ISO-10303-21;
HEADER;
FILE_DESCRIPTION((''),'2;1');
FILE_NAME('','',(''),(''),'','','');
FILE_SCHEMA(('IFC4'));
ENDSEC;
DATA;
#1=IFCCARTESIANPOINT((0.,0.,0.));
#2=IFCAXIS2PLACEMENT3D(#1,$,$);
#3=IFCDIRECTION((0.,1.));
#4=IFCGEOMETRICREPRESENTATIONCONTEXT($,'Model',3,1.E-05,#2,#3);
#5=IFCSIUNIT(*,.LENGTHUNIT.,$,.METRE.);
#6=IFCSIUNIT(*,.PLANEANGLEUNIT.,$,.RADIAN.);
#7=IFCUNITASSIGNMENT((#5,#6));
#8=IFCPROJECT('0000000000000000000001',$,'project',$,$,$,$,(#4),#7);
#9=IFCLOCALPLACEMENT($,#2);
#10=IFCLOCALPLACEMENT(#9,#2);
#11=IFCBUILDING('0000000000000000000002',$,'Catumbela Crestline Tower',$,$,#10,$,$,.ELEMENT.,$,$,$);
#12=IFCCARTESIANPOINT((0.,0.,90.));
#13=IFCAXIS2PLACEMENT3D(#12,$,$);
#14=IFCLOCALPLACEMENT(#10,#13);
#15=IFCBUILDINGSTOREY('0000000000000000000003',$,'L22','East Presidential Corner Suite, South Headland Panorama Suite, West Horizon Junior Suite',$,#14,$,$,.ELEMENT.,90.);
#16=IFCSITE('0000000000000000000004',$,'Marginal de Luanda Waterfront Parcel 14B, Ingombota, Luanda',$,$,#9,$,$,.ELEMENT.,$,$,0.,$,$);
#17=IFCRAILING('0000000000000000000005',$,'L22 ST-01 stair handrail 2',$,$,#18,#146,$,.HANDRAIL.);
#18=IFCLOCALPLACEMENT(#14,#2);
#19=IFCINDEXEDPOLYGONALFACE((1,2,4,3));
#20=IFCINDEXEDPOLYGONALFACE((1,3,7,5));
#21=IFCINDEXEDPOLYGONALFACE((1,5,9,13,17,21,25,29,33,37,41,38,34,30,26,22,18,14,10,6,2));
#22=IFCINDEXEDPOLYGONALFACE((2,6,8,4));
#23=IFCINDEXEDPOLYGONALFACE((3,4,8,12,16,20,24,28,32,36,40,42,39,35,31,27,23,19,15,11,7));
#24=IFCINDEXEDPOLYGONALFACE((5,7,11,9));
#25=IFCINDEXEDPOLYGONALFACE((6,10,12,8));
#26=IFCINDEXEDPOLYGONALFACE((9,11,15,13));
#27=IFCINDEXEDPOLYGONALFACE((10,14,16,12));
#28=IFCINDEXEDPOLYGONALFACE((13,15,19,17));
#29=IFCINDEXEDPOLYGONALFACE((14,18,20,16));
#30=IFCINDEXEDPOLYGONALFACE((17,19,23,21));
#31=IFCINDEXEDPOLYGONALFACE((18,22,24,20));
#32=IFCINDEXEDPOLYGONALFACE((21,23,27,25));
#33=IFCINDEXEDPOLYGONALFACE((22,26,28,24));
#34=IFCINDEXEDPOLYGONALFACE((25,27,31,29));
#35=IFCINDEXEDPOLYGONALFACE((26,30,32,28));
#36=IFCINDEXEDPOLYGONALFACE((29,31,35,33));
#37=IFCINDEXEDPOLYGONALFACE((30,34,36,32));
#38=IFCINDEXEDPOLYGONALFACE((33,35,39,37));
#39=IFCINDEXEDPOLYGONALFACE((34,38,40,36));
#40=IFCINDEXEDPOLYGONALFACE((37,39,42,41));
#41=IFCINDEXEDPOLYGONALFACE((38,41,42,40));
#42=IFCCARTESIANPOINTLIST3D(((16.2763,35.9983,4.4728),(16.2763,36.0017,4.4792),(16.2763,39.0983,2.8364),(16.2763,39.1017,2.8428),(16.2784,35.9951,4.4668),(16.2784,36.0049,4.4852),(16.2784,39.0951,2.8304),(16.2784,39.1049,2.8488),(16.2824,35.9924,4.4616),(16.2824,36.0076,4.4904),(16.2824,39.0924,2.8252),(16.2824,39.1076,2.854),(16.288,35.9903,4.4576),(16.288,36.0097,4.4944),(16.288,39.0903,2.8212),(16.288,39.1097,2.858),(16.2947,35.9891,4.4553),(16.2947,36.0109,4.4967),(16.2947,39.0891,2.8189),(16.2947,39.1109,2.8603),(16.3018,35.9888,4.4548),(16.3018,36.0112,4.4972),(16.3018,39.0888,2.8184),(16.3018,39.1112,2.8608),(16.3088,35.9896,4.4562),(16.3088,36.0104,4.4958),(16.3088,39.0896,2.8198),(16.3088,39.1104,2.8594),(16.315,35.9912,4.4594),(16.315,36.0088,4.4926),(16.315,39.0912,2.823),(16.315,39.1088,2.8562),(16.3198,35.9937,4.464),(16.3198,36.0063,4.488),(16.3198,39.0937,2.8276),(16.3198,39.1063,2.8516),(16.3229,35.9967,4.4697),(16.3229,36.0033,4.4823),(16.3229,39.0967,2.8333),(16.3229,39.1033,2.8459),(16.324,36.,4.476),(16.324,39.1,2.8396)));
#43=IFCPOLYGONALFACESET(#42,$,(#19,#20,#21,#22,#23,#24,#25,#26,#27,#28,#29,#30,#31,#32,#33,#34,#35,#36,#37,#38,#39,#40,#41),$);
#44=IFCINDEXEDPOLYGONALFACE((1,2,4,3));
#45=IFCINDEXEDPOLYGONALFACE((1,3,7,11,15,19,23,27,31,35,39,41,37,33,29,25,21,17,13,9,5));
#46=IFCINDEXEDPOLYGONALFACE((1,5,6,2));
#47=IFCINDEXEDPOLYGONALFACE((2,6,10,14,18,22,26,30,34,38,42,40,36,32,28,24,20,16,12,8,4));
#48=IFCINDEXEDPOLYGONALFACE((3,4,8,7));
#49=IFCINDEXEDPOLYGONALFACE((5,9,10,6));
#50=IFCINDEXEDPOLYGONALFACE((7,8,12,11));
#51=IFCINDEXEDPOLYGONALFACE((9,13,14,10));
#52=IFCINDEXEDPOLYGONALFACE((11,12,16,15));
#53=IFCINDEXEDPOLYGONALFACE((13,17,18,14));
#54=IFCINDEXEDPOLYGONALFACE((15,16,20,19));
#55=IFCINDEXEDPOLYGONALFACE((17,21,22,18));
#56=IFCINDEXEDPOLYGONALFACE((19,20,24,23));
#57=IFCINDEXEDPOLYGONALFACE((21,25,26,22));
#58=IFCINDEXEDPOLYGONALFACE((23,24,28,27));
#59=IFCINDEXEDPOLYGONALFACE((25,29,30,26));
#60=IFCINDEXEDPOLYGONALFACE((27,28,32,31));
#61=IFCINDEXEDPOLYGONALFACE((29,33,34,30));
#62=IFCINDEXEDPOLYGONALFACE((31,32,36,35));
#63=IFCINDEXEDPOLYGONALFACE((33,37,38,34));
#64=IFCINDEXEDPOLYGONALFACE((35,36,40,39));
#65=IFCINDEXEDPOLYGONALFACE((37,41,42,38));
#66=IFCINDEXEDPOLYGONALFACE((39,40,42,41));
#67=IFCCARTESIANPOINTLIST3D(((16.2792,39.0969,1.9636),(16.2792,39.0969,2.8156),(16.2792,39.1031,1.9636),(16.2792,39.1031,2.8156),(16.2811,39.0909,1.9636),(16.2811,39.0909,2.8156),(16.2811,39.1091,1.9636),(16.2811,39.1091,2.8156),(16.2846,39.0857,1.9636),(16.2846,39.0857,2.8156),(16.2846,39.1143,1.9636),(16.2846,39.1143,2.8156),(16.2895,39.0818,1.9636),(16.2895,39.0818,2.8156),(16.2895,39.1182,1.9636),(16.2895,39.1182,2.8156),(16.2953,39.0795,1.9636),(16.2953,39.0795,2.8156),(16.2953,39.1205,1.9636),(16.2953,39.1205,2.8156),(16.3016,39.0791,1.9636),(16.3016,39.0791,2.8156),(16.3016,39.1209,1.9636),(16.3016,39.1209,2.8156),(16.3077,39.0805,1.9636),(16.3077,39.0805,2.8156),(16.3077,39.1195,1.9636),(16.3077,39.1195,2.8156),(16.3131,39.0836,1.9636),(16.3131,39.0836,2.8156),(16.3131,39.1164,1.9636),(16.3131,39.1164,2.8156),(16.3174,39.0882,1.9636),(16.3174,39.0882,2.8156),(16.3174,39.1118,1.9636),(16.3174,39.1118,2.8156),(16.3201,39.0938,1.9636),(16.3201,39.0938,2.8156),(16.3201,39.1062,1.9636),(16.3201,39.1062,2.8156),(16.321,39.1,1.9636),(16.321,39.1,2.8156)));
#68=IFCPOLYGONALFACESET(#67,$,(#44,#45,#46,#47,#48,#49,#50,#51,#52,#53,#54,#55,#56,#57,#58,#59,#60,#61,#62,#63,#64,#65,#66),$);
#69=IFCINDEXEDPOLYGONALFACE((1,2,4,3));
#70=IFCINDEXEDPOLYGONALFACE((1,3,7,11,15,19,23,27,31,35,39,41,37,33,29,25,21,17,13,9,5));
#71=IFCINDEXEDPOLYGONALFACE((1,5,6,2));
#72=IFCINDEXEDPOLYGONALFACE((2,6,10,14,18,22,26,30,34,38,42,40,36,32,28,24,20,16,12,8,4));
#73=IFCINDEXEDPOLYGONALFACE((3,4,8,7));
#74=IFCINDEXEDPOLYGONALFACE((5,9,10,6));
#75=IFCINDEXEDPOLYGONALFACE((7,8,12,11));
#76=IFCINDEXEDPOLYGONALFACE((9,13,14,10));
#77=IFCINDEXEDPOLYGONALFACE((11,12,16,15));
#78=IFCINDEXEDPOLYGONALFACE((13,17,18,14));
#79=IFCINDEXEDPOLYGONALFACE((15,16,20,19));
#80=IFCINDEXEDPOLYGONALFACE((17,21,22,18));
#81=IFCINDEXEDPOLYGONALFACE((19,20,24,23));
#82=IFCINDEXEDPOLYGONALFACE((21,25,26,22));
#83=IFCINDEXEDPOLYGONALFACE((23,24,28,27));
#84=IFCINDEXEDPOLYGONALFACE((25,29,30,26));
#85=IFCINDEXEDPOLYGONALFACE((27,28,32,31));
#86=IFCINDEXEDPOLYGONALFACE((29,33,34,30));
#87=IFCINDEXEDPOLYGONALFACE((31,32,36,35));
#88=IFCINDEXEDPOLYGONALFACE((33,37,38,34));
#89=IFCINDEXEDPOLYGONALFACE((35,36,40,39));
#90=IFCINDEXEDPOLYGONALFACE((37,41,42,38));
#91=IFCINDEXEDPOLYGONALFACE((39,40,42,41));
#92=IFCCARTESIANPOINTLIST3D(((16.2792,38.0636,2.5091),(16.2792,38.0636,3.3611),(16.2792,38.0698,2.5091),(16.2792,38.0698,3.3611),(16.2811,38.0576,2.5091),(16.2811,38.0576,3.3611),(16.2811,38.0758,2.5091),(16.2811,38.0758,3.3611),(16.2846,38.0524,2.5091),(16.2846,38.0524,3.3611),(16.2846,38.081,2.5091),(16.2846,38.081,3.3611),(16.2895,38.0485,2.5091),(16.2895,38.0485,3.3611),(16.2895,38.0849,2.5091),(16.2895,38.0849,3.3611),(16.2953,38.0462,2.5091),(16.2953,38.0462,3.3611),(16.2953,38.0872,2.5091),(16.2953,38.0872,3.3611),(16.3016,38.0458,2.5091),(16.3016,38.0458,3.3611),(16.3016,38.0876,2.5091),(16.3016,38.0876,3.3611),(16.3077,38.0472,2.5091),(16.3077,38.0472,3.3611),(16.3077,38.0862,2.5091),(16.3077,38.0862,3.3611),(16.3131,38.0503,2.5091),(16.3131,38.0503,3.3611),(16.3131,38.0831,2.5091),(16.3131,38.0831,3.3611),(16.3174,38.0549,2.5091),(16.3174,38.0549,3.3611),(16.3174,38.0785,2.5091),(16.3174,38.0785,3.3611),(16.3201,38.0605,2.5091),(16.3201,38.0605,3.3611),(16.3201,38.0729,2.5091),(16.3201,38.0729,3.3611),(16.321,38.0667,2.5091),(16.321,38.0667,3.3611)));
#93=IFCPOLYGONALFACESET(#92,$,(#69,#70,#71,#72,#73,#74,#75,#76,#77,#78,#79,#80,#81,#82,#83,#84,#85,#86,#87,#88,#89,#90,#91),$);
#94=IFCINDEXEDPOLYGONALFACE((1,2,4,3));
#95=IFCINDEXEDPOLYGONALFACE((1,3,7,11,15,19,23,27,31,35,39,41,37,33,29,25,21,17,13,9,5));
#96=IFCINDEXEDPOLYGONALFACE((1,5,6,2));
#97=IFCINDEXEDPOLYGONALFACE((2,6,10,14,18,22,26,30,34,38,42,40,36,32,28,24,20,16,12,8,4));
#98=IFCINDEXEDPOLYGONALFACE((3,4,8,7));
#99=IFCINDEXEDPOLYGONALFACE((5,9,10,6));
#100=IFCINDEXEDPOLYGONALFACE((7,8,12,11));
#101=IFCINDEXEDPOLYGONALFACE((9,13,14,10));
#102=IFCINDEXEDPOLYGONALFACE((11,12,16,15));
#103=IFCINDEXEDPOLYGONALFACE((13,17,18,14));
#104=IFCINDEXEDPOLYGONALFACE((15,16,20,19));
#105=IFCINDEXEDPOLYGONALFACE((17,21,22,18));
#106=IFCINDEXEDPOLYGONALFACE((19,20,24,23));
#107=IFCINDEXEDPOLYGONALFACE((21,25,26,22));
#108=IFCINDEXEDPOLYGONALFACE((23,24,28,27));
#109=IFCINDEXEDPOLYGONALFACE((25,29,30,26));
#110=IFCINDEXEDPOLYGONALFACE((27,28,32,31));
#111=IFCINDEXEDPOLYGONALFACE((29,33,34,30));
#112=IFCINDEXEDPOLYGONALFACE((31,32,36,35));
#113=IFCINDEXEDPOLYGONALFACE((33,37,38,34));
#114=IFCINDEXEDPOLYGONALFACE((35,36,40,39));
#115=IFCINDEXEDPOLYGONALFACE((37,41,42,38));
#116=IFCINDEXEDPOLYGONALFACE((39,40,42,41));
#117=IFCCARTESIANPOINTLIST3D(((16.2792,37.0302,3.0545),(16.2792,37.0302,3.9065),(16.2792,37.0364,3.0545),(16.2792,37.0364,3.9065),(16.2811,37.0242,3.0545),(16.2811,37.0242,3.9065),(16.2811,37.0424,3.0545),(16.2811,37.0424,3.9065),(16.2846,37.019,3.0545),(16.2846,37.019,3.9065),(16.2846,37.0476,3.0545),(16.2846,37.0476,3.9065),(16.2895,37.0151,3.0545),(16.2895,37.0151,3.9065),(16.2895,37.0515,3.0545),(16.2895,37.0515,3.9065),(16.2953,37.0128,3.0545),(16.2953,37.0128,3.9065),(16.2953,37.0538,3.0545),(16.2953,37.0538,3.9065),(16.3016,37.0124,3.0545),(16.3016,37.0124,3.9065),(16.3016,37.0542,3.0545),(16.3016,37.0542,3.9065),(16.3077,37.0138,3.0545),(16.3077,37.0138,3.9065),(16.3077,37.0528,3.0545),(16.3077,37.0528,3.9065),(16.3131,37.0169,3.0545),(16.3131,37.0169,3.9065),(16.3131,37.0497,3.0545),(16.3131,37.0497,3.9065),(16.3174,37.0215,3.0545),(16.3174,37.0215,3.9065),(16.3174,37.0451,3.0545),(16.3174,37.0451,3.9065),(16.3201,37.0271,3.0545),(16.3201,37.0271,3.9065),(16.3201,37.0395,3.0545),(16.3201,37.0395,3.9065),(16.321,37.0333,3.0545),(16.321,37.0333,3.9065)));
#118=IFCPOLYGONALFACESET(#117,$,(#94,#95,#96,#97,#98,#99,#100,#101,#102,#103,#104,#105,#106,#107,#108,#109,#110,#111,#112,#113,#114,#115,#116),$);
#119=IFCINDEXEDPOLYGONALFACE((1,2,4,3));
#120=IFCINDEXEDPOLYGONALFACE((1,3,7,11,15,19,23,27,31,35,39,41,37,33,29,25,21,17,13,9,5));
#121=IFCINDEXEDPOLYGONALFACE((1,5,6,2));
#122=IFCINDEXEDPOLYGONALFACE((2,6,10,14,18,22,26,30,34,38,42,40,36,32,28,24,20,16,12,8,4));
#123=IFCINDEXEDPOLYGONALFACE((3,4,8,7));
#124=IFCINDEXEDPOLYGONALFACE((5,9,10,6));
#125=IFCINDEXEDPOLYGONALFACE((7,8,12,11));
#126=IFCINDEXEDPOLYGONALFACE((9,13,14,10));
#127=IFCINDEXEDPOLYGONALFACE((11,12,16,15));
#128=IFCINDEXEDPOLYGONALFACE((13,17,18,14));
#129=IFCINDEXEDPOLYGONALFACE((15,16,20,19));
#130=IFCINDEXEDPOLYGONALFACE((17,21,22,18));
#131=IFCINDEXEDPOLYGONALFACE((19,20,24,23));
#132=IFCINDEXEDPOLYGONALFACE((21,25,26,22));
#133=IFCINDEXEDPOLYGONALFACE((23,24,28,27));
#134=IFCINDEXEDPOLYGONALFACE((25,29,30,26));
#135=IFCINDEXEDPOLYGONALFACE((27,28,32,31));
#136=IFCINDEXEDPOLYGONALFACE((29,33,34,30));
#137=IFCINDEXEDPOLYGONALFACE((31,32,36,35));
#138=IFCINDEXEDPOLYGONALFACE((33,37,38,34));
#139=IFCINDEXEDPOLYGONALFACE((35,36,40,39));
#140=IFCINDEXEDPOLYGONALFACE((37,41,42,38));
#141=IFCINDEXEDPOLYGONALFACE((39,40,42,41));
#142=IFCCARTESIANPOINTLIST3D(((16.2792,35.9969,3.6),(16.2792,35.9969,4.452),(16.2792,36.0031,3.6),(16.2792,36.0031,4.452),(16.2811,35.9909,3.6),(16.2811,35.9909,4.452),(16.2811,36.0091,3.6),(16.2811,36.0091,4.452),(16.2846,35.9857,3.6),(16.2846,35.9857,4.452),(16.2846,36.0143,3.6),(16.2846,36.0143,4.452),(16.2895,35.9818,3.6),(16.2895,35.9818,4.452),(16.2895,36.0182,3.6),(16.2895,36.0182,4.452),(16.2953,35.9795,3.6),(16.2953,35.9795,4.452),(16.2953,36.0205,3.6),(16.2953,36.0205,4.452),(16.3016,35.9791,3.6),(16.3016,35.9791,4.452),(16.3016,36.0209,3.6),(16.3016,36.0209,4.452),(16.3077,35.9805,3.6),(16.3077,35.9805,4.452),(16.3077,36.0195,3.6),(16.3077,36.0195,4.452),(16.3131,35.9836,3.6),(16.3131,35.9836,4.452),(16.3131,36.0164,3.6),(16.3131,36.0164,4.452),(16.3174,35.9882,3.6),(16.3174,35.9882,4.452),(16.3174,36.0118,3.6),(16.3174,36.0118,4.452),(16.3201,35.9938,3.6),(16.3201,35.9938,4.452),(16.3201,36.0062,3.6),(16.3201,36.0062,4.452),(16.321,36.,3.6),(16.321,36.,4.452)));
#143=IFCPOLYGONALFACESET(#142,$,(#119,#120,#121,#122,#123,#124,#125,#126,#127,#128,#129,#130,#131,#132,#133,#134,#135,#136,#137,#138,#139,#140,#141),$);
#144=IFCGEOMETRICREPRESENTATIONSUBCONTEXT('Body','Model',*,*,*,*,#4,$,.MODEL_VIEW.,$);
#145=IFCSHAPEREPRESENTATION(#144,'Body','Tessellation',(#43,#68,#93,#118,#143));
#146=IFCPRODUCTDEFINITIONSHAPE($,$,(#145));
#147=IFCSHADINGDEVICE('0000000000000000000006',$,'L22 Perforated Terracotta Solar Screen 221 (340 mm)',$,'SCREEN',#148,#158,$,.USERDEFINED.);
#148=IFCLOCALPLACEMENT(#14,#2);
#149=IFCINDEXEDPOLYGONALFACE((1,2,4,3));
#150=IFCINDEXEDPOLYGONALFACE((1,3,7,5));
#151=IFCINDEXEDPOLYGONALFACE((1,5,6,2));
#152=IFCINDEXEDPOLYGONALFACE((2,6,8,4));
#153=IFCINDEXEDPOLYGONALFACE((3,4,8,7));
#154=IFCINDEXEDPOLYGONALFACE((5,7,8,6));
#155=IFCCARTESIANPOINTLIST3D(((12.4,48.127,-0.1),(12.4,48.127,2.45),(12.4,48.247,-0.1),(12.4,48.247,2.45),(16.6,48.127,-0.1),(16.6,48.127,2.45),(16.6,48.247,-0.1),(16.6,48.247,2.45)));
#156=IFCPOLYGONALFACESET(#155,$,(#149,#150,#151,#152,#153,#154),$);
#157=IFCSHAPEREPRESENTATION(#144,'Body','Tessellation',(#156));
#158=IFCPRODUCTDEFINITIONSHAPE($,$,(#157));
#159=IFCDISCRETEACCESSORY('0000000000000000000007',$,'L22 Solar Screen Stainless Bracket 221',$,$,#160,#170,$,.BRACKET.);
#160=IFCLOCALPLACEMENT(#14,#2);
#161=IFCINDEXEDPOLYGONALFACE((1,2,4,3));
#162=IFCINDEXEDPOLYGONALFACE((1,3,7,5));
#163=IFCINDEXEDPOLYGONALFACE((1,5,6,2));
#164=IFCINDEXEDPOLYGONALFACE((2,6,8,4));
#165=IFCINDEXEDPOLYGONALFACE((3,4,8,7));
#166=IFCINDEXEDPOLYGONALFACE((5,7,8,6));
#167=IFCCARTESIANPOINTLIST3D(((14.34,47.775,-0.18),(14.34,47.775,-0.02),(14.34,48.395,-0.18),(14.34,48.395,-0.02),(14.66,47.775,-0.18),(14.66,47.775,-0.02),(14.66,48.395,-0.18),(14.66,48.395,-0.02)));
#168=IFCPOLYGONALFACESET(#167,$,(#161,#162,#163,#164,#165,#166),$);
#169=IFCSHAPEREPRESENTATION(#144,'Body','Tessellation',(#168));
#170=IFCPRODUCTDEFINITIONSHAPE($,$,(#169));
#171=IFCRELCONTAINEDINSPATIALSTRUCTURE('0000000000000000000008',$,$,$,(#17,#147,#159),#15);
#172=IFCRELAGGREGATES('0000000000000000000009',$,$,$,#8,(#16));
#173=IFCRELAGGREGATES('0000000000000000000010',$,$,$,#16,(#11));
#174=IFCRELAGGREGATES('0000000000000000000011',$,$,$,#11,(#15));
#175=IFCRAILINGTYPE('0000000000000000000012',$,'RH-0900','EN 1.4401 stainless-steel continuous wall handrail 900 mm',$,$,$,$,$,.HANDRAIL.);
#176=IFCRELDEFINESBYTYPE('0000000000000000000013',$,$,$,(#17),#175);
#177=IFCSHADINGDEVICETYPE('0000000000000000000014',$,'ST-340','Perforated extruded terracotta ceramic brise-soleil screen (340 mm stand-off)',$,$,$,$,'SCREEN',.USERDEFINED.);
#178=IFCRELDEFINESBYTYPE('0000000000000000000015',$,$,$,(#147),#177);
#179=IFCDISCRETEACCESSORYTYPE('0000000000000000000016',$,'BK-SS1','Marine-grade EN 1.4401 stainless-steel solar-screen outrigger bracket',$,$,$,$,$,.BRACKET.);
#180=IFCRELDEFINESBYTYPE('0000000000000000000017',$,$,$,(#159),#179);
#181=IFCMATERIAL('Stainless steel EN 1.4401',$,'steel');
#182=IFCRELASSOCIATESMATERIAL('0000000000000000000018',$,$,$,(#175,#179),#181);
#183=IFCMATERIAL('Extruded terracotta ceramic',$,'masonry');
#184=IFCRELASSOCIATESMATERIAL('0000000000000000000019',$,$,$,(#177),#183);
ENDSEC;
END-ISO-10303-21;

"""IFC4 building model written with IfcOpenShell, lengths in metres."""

from ifc_helpers import new_model, si_unit, direction, frame, origin, origin_2d, place, context, subcontext, project, spatial, rectangle, circle, extrude, material, type_object, element, save


model = new_model("IFC4")

# Units and contexts
model_context = context("Model", 3, precision=1e-05, world=origin(), true_north=direction((0.0, 1.0)))
body_context = subcontext(model_context, "Body", "Model", "MODEL_VIEW")
ifc_project = project(units=[si_unit("LENGTHUNIT", "METRE"), si_unit("PLANEANGLEUNIT", "RADIAN")], contexts=[model_context])

# Site, building, storey
site_placement = place(None, origin())
site = spatial("IfcSite", under=ifc_project, at=site_placement, Name="Marginal de Luanda Waterfront Parcel 14B, Ingombota, Luanda", CompositionType="ELEMENT", RefElevation=0.0)
building_placement = place(site_placement, origin())
building = spatial("IfcBuilding", under=site, at=building_placement, Name="Catumbela Crestline Tower", CompositionType="ELEMENT")
storey_placement = place(building_placement, frame((0.0, 0.0, 90.0)))
storey = spatial("IfcBuildingStorey", under=building, at=storey_placement, Name="L22", Description="East Presidential Corner Suite, South Headland Panorama Suite, West Horizon Junior Suite", CompositionType="ELEMENT", Elevation=90.0)

# Shared definitions
ifc_material_1 = material(Name="Extruded terracotta ceramic", Category="masonry")

# Railing
ifc_material_2 = material(Name="Stainless steel EN 1.4401", Category="steel")
railing_type_1 = type_object("IfcRailingType", Name="RH-0900", Description="EN 1.4401 stainless-steel continuous wall handrail 900 mm", PredefinedType="HANDRAIL", material=ifc_material_2)
railing_1_placement = place(storey_placement, frame((16.3, 39.1, 1.9636)))
element("IfcRailing", 1, at=railing_1_placement, inside=storey, type_object=railing_type_1, Name="L22 ST-01 stair handrail 2", PredefinedType="HANDRAIL", context=body_context, shape_type="SweptSolid", body=[
    extrude(circle(Radius=0.024, at=origin_2d()), frame((0.0, 0.0, 0.876), z_axis=(0.0, -0.884351, 0.466823), x_axis=(1.0, 0.0, 0.0)), (0.0, 0.0, 1.0), 3.5054),
    extrude(circle(Radius=0.021, at=origin_2d()), origin(), (0.0, 0.0, 1.0), 0.852),
    extrude(circle(Radius=0.021, at=origin_2d()), frame((0.0, -1.0333, 0.5455)), (0.0, 0.0, 1.0), 0.852),
    extrude(circle(Radius=0.021, at=origin_2d()), frame((0.0, -2.0667, 1.0909)), (0.0, 0.0, 1.0), 0.852),
    extrude(circle(Radius=0.021, at=origin_2d()), frame((0.0, -3.1, 1.6364)), (0.0, 0.0, 1.0), 0.852),
])

# Shading device
shading_device_type = type_object("IfcShadingDeviceType", Name="ST-340", Description="Perforated extruded terracotta ceramic brise-soleil screen (340 mm stand-off)", ElementType="SCREEN", PredefinedType="USERDEFINED", material=ifc_material_1)
shading_device_placement = place(storey_placement, frame((14.5, 48.187, -0.1), z_axis=(0.0, 0.0, 1.0), x_axis=(-1.0, 0.0, 0.0)))
element("IfcShadingDevice", 2, at=shading_device_placement, inside=storey, type_object=shading_device_type, Name="L22 Perforated Terracotta Solar Screen 221 (340 mm)", ObjectType="SCREEN", PredefinedType="USERDEFINED", context=body_context, shape_type="SweptSolid", body=[
    extrude(rectangle(XDim=4.2, YDim=0.12, at=origin_2d()), origin(), (0.0, 0.0, 1.0), 2.55),
])

# Discrete accessory
discrete_accessory_type = type_object("IfcDiscreteAccessoryType", Name="BK-SS1", Description="Marine-grade EN 1.4401 stainless-steel solar-screen outrigger bracket", PredefinedType="BRACKET", material=ifc_material_2)
discrete_accessory_placement = place(storey_placement, frame((14.5, 48.085, -0.18), z_axis=(0.0, 0.0, 1.0), x_axis=(-1.0, 0.0, 0.0)))
element("IfcDiscreteAccessory", 3, at=discrete_accessory_placement, inside=storey, type_object=discrete_accessory_type, Name="L22 Solar Screen Stainless Bracket 221", PredefinedType="BRACKET", context=body_context, shape_type="SweptSolid", body=[
    extrude(rectangle(XDim=0.32, YDim=0.62, at=origin_2d()), origin(), (0.0, 0.0, 1.0), 0.16),
])

save(model, "model.ifc")
